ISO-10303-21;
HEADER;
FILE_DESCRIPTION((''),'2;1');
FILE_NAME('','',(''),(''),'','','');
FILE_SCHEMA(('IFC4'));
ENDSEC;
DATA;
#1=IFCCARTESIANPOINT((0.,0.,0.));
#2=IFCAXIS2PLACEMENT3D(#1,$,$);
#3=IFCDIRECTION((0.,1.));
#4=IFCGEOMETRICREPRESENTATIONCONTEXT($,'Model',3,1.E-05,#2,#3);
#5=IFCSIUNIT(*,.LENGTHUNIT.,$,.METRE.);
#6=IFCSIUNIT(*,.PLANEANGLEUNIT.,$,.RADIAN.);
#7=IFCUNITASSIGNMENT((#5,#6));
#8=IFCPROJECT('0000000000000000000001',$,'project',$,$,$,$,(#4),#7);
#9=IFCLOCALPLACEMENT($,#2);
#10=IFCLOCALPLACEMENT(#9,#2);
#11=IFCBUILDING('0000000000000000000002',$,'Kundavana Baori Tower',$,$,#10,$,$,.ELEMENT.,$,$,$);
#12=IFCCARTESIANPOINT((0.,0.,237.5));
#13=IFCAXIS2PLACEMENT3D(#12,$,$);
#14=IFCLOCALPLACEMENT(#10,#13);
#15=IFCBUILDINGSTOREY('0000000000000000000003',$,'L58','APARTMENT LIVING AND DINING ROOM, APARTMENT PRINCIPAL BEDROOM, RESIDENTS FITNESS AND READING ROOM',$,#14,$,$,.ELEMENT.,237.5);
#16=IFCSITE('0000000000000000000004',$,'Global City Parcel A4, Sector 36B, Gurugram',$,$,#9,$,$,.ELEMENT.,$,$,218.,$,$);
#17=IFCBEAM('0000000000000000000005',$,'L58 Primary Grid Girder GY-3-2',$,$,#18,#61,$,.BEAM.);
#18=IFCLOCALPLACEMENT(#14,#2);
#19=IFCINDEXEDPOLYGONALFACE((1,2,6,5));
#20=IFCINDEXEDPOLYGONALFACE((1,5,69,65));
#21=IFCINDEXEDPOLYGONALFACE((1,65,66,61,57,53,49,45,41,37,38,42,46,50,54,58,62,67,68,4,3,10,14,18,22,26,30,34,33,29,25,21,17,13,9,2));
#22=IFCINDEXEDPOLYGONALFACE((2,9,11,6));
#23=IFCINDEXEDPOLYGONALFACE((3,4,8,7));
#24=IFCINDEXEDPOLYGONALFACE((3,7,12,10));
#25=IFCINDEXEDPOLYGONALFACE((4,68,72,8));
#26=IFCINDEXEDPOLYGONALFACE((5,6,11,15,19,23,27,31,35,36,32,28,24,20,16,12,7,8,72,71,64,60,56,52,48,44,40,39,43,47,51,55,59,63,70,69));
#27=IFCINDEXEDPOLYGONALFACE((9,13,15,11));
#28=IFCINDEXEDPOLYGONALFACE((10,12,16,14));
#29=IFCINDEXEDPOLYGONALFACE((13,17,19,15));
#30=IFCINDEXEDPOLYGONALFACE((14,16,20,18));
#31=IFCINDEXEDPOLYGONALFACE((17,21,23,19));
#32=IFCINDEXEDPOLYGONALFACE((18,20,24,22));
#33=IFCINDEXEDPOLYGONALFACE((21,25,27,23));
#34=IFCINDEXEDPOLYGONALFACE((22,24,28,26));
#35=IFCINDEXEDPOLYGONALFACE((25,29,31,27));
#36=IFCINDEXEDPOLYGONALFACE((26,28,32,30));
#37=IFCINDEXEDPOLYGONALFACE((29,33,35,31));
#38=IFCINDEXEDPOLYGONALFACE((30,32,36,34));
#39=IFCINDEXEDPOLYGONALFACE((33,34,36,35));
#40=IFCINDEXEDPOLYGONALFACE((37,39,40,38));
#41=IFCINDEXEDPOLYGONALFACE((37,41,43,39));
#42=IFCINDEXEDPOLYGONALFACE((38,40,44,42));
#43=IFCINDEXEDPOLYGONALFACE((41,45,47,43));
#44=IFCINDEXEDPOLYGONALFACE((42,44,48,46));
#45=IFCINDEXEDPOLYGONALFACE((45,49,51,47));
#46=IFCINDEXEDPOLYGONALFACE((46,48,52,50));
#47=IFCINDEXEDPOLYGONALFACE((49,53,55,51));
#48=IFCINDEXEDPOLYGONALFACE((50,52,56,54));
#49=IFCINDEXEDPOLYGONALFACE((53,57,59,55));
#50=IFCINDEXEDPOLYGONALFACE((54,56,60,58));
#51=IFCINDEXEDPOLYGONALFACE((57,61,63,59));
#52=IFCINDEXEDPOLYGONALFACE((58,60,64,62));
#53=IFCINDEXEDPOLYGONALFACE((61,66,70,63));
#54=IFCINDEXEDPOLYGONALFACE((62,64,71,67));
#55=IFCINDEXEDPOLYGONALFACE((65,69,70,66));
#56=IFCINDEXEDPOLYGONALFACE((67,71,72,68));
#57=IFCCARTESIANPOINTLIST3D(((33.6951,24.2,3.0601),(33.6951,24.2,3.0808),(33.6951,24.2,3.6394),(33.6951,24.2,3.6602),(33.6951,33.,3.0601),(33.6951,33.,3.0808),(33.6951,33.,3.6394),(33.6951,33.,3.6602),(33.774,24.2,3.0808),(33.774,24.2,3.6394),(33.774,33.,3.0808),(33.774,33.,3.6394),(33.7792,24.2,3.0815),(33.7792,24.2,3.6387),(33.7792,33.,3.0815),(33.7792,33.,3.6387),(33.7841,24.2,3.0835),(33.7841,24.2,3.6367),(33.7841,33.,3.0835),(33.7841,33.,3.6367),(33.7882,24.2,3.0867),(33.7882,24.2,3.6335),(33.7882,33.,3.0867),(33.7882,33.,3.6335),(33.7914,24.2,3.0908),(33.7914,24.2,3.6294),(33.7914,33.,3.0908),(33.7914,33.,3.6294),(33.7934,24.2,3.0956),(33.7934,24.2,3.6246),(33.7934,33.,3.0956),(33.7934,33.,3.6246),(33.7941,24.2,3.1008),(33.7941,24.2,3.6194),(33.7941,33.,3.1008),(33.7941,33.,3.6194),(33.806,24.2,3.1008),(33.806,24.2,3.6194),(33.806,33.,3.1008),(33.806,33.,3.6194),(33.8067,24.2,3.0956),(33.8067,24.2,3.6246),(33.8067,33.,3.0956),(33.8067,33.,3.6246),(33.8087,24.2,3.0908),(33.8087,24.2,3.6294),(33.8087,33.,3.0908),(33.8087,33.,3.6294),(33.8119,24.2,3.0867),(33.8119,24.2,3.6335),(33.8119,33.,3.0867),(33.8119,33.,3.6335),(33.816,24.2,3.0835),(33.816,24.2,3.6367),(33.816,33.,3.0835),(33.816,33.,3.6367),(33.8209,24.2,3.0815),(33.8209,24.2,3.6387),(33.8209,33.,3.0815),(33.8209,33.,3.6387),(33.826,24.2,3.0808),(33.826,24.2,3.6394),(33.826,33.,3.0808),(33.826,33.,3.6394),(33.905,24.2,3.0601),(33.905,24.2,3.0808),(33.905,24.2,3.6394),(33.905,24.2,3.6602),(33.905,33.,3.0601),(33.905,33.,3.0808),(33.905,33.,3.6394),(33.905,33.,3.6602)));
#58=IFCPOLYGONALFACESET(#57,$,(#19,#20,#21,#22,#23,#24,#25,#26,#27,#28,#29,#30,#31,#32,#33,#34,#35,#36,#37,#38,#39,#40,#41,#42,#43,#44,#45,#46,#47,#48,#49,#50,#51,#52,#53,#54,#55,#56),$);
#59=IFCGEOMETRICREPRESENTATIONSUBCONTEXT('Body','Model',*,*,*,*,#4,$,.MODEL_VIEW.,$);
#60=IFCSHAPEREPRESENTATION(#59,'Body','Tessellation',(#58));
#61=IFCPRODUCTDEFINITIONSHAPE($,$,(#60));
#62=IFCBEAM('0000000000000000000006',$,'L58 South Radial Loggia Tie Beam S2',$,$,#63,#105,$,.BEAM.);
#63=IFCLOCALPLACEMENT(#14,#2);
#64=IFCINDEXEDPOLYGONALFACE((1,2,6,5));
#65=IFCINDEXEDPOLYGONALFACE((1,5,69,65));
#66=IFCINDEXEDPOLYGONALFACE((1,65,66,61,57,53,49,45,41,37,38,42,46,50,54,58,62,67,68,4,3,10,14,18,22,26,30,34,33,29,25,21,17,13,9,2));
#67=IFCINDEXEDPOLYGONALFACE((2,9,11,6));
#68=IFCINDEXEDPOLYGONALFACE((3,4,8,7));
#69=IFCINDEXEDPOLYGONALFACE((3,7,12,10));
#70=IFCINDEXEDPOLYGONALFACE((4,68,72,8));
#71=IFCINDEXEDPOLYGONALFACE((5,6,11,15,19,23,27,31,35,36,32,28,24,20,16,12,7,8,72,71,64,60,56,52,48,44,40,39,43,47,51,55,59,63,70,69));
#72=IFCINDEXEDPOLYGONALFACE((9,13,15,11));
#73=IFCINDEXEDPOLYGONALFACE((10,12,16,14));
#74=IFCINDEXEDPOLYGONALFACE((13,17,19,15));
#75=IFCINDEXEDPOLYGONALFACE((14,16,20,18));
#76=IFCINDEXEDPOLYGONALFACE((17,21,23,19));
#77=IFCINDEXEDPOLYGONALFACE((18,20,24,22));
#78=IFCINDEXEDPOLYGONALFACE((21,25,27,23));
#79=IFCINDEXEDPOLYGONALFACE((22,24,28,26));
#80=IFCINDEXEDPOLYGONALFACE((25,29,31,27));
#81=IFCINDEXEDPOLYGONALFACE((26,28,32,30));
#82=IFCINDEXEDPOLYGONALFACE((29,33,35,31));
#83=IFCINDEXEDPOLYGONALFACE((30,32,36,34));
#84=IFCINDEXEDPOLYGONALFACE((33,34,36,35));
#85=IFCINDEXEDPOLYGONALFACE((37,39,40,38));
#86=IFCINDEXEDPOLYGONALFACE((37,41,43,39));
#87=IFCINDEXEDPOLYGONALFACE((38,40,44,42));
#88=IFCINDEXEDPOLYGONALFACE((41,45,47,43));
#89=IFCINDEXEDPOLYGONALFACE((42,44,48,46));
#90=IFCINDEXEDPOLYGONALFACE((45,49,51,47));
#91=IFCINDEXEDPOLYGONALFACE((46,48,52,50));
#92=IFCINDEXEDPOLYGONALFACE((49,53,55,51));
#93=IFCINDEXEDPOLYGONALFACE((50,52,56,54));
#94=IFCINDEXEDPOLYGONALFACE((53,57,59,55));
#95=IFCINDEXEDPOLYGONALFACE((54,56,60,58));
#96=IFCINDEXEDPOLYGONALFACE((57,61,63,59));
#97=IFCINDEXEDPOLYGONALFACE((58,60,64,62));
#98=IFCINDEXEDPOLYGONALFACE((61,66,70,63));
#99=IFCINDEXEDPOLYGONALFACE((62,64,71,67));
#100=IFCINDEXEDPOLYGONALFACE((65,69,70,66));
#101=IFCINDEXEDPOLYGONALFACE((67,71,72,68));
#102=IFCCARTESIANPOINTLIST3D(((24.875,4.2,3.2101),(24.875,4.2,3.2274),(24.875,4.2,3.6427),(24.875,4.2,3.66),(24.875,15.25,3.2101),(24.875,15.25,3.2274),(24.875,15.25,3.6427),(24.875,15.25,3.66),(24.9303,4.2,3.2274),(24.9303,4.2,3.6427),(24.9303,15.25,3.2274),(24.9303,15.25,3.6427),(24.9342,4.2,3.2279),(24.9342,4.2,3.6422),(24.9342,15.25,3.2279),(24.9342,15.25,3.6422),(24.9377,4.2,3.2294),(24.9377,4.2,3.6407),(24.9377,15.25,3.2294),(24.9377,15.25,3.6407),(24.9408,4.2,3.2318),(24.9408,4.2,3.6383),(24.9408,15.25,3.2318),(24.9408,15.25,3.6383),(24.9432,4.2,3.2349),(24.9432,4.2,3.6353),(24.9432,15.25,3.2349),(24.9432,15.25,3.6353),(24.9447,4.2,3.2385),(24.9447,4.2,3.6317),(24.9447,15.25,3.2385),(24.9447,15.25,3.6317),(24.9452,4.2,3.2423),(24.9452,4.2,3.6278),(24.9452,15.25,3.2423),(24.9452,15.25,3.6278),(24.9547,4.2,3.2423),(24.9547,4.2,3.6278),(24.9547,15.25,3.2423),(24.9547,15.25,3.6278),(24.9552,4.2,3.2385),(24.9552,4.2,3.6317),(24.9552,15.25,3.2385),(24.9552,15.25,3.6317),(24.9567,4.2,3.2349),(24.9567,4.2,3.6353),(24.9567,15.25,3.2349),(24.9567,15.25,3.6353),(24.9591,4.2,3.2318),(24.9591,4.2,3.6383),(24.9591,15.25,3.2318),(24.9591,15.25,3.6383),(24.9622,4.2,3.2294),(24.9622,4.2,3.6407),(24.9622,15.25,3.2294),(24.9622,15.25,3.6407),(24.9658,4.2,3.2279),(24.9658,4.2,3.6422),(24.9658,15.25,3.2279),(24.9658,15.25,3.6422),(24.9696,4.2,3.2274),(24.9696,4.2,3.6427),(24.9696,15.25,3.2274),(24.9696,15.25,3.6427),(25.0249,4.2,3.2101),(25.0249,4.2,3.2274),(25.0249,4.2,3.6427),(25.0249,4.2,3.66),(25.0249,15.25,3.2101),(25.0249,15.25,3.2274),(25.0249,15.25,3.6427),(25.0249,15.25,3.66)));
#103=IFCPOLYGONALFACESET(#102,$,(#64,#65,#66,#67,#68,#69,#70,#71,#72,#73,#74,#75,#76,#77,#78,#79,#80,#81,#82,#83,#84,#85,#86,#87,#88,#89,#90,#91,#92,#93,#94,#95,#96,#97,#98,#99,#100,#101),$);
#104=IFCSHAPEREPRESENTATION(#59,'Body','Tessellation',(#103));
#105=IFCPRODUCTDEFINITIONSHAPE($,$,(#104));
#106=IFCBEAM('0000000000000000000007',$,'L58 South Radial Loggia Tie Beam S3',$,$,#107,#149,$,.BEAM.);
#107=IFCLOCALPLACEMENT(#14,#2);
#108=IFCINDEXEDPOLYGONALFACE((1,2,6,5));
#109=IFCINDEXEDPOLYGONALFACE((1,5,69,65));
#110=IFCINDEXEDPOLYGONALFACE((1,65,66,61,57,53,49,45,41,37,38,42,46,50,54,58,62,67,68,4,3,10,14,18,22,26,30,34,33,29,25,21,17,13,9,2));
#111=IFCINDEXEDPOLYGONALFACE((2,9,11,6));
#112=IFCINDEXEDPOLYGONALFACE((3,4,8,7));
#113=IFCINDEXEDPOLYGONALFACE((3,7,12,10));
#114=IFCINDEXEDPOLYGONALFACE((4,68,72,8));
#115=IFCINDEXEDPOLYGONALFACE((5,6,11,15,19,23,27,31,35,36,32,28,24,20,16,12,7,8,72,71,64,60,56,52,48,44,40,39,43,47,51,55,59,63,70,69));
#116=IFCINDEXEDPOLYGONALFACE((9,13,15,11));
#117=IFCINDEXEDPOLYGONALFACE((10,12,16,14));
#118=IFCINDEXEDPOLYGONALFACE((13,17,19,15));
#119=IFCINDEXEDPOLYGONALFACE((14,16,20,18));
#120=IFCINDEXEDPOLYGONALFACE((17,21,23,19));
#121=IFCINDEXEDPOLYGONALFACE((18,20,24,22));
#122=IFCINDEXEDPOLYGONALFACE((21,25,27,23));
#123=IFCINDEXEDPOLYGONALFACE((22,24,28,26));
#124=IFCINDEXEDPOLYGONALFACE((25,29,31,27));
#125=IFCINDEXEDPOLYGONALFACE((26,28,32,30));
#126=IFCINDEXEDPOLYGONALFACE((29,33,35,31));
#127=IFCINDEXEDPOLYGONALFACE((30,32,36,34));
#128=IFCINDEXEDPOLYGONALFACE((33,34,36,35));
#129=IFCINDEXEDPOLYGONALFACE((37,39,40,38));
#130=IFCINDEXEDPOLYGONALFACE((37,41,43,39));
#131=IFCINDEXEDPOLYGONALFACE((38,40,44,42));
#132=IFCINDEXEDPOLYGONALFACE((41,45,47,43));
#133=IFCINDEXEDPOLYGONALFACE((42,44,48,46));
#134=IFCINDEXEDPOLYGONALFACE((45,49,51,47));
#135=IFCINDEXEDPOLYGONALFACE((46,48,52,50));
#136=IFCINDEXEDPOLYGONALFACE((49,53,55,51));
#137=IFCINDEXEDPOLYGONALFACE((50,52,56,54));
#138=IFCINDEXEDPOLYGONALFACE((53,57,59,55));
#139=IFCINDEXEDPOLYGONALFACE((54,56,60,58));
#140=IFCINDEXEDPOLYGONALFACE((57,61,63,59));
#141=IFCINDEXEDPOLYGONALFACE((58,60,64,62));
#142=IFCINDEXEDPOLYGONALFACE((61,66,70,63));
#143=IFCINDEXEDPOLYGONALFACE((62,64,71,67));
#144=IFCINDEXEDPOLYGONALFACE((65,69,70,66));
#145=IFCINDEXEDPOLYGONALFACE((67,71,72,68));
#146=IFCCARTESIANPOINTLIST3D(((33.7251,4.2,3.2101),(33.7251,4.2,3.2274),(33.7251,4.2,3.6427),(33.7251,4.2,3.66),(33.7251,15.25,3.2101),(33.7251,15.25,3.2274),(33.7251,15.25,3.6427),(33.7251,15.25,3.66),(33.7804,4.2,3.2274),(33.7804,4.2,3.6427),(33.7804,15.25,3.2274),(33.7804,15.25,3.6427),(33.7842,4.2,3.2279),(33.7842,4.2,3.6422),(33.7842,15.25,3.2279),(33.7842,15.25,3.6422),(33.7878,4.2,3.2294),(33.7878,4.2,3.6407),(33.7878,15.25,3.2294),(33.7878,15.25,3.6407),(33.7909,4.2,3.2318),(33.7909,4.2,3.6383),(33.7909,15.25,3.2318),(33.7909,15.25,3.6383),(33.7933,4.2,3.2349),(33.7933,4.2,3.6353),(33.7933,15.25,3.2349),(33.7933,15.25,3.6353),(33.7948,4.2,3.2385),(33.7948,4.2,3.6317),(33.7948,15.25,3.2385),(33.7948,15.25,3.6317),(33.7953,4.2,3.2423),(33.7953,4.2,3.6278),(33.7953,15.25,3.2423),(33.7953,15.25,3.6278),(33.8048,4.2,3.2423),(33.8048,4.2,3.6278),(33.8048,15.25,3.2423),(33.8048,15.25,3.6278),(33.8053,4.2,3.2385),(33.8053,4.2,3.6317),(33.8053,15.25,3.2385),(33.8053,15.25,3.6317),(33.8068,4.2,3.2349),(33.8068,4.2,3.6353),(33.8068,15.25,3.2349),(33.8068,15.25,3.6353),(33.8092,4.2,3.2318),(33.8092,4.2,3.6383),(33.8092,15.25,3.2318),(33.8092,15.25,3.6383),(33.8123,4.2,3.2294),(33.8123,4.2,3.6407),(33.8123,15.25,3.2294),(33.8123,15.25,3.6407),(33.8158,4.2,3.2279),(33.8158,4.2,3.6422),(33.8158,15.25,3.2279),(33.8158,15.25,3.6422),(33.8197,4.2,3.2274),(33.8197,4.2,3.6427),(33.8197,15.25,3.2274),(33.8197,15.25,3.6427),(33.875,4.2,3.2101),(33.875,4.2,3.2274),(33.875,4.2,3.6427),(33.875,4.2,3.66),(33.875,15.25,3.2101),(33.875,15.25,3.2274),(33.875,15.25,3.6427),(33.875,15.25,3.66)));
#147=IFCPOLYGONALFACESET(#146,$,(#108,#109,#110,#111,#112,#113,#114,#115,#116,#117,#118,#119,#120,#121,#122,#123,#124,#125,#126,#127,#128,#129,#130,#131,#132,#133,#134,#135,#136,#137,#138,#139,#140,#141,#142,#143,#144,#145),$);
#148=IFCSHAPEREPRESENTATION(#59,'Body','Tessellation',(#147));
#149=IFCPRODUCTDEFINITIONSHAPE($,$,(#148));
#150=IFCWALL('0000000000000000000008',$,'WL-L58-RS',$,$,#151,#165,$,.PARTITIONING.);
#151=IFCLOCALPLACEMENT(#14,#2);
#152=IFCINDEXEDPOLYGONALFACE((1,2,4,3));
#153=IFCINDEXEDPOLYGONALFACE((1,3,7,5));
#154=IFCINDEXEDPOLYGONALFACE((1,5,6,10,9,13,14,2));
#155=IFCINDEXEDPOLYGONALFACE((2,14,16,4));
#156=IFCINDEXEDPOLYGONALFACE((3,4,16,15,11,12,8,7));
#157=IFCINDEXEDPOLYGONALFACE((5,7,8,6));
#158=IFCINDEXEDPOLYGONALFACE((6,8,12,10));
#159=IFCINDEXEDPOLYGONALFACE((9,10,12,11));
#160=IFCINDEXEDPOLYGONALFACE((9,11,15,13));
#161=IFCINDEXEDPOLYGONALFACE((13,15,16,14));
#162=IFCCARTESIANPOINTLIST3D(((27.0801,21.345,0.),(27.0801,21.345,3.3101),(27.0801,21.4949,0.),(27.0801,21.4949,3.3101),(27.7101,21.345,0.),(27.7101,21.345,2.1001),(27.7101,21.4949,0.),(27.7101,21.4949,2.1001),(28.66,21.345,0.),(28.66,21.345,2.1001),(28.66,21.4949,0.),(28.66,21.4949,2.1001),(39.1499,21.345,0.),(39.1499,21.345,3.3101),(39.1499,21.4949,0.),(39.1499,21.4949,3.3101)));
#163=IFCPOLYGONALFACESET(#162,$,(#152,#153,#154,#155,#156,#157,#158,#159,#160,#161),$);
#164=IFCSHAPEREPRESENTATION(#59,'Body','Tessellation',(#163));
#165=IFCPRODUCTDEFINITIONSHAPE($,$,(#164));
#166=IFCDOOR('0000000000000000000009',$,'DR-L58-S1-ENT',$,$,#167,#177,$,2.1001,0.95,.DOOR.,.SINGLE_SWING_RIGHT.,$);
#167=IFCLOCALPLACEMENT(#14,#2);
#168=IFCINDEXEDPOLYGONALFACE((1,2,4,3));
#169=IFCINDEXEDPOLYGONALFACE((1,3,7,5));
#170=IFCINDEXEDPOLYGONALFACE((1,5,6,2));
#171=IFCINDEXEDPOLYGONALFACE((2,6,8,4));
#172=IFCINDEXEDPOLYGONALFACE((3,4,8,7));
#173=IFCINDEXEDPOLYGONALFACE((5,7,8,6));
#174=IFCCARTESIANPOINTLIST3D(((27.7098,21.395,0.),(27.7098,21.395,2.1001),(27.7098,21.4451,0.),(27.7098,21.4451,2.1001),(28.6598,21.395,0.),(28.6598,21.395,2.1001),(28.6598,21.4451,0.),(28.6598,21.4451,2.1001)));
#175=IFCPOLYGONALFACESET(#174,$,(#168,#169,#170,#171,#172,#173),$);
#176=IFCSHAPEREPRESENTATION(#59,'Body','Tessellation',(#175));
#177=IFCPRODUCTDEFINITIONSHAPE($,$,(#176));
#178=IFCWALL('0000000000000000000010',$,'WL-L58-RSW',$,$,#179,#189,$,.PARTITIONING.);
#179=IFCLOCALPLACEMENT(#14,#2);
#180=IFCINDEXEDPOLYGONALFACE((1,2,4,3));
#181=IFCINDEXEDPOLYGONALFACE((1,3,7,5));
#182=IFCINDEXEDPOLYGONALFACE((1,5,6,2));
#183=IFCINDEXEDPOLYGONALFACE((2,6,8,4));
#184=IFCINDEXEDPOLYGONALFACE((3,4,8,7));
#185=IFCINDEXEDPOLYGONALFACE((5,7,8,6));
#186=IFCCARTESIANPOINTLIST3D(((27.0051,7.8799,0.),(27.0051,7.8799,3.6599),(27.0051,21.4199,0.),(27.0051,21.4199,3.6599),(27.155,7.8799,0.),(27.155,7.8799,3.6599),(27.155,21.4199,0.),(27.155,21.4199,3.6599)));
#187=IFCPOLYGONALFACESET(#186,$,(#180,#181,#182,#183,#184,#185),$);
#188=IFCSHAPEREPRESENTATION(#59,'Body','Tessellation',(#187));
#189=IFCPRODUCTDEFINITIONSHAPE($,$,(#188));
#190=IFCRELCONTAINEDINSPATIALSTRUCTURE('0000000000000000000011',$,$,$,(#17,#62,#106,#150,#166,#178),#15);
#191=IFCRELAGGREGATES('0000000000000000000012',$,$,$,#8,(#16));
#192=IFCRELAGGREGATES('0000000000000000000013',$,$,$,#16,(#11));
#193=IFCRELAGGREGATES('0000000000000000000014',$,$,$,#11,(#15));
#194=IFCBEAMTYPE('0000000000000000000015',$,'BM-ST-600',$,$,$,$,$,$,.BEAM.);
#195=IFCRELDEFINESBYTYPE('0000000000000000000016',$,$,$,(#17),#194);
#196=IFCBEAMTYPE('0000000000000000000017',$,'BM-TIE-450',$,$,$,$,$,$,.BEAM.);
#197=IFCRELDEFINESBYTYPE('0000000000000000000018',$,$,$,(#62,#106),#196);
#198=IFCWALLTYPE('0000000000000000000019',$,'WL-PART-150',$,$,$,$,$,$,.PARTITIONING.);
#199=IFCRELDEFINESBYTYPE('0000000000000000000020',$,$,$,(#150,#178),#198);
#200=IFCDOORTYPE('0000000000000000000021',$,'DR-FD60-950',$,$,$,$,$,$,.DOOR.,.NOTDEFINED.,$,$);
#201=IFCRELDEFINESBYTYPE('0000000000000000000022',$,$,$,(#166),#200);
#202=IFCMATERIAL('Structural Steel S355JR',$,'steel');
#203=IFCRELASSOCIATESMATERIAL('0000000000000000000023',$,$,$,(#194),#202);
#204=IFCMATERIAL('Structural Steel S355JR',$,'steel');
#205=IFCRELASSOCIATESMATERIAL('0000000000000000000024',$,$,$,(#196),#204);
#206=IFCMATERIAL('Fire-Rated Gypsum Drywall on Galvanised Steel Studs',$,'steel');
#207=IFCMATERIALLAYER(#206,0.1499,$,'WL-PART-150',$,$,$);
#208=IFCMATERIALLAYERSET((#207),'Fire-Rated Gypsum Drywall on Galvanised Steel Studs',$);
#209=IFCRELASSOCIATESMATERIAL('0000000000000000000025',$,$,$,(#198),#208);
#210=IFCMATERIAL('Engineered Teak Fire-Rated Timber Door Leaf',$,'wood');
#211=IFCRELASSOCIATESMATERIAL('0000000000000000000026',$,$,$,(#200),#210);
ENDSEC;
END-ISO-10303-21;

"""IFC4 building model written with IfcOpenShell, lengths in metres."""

from ifc_helpers import new_model, si_unit, direction, frame, frame_2d, origin, origin_2d, place, context, subcontext, project, spatial, rectangle, i_section, extrude, material, layer, layer_set, material_profile, profile_set, type_object, element, fill, save


model = new_model("IFC4")

# Units and contexts
model_context = context("Model", 3, precision=1e-05, world=origin(), true_north=direction((0.0, 1.0)))
body_context = subcontext(model_context, "Body", "Model", "MODEL_VIEW")
ifc_project = project(units=[si_unit("LENGTHUNIT", "METRE"), si_unit("PLANEANGLEUNIT", "RADIAN")], contexts=[model_context])

# Site, building, storey
site_placement = place(None, origin())
site = spatial("IfcSite", under=ifc_project, at=site_placement, Name="Global City Parcel A4, Sector 36B, Gurugram", CompositionType="ELEMENT", RefElevation=218.0)
building_placement = place(site_placement, origin())
building = spatial("IfcBuilding", under=site, at=building_placement, Name="Kundavana Baori Tower", CompositionType="ELEMENT")
storey_placement = place(building_placement, frame((0.0, 0.0, 237.5)))
storey = spatial("IfcBuildingStorey", under=building, at=storey_placement, Name="L58", Description="APARTMENT LIVING AND DINING ROOM, APARTMENT PRINCIPAL BEDROOM, RESIDENTS FITNESS AND READING ROOM", CompositionType="ELEMENT", Elevation=237.5)

# Beams
ifc_material_1 = material(Name="Structural Steel S355JR", Category="steel")
ifc_material_profile_1 = material_profile(ifc_material_1, i_section(OverallWidth=0.21, OverallDepth=0.6001, WebThickness=0.012, FlangeThickness=0.0208, FilletRadius=0.02, at=origin_2d()), Name="ISMB 600")
ifc_profile_set_1 = profile_set([ifc_material_profile_1], Name="Structural Steel S355JR")
beam_type_1 = type_object("IfcBeamType", Name="BM-ST-600", PredefinedType="BEAM", material=ifc_profile_set_1)
beam_1_placement = place(storey_placement, frame((33.8, 24.2, 3.3601), z_axis=(0.0, 1.0, 0.0), x_axis=(-1.0, 0.0, 0.0)))
element("IfcBeam", 1, at=beam_1_placement, inside=storey, type_object=beam_type_1, Name="L58 Primary Grid Girder GY-3-2", PredefinedType="BEAM", context=body_context, shape_type="SweptSolid", body=[
    extrude(i_section(OverallWidth=0.21, OverallDepth=0.6001, WebThickness=0.012, FlangeThickness=0.0208, FilletRadius=0.02, at=origin_2d()), origin(), (0.0, 0.0, 1.0), 8.8),
])
ifc_material_2 = material(Name="Structural Steel S355JR", Category="steel")
ifc_material_profile_2 = material_profile(ifc_material_2, i_section(OverallWidth=0.1499, OverallDepth=0.45, WebThickness=0.0095, FlangeThickness=0.0173, FilletRadius=0.0149, at=origin_2d()), Name="ISMB 450")
ifc_profile_set_2 = profile_set([ifc_material_profile_2], Name="Structural Steel S355JR")
beam_type_2 = type_object("IfcBeamType", Name="BM-TIE-450", PredefinedType="BEAM", material=ifc_profile_set_2)
for number, where, z_axis, x_axis, name in (
    (2, (24.95, 15.25, 3.4351), (0.0, -1.0, 0.0), (1.0, 0.0, 0.0), "L58 South Radial Loggia Tie Beam S2"),
    (3, (33.8, 15.25, 3.4351), (0.0, -1.0, 0.0), (1.0, 0.0, 0.0), "L58 South Radial Loggia Tie Beam S3"),
):
    element("IfcBeam", number, at=place(storey_placement, frame(where, z_axis=z_axis, x_axis=x_axis)), inside=storey, type_object=beam_type_2, Name=name, PredefinedType="BEAM", context=body_context, shape_type="SweptSolid", body=[
        extrude(i_section(OverallWidth=0.1499, OverallDepth=0.45, WebThickness=0.0095, FlangeThickness=0.0173, FilletRadius=0.0149, at=origin_2d()), origin(), (0.0, 0.0, 1.0), 11.05),
    ])

# Wall, opening, door
ifc_material_3 = material(Name="Fire-Rated Gypsum Drywall on Galvanised Steel Studs", Category="steel")
ifc_layer = layer(ifc_material_3, 0.1499, Name="WL-PART-150")
ifc_layer_set = layer_set([ifc_layer], Name="Fire-Rated Gypsum Drywall on Galvanised Steel Studs")
wall_type = type_object("IfcWallType", Name="WL-PART-150", PredefinedType="PARTITIONING", material=ifc_layer_set)
wall_1_placement = place(storey_placement, frame((27.0801, 21.4199, 0.0), z_axis=(0.0, 0.0, 1.0), x_axis=(1.0, 0.0, 0.0)))
wall_1 = element("IfcWall", 4, at=wall_1_placement, inside=storey, type_object=wall_type, Name="WL-L58-RS", PredefinedType="PARTITIONING", context=body_context, shape_type="SweptSolid", body=[
    extrude(rectangle(XDim=12.0698, YDim=0.1499, at=frame_2d((6.0349, 0.0))), origin(), (0.0, 0.0, 1.0), 3.3101),
])
opening_1_placement = place(wall_1_placement, frame((0.6299, 0.0, 0.0)))
opening_1 = element("IfcOpeningElement", 5, at=opening_1_placement, cuts=wall_1, PredefinedType="OPENING", context=body_context, shape_type="SweptSolid", body=[
    extrude(rectangle(XDim=0.95, YDim=2.1001, at=frame_2d((0.4751, 1.05))), frame((0.0, 0.085, 0.0), z_axis=(0.0, -1.0, 0.0), x_axis=(1.0, 0.0, 0.0)), (0.0, 0.0, 1.0), 0.1699),
])
ifc_material_4 = material(Name="Engineered Teak Fire-Rated Timber Door Leaf", Category="wood")
door_type_1 = type_object("IfcDoorType", Name="DR-FD60-950", OperationType="NOTDEFINED", PredefinedType="DOOR", material=ifc_material_4)
door_1_placement = place(opening_1_placement, frame((0.95, 0.0, 0.0), z_axis=(0.0, 0.0, 1.0), x_axis=(-1.0, 0.0, 0.0)))
door_1 = element("IfcDoor", 6, at=door_1_placement, inside=storey, type_object=door_type_1, Name="DR-L58-S1-ENT", OperationType="SINGLE_SWING_RIGHT", OverallHeight=2.1001, OverallWidth=0.95, PredefinedType="DOOR", context=body_context, shape_type="SweptSolid", body=[
    extrude(rectangle(XDim=0.95, YDim=2.1001, at=frame_2d((0.4751, 1.05))), frame((0.0, 0.0249, 0.0), z_axis=(0.0, -1.0, 0.0), x_axis=(1.0, 0.0, 0.0)), (0.0, 0.0, 1.0), 0.05),
])
fill(opening_1, door_1)

# Wall
wall_2_placement = place(storey_placement, frame((27.0801, 7.8799, 0.0), z_axis=(0.0, 0.0, 1.0), x_axis=(0.0, 1.0, 0.0)))
element("IfcWall", 7, at=wall_2_placement, inside=storey, type_object=wall_type, Name="WL-L58-RSW", PredefinedType="PARTITIONING", context=body_context, shape_type="SweptSolid", body=[
    extrude(rectangle(XDim=13.54, YDim=0.1499, at=frame_2d((6.77, 0.0))), origin(), (0.0, 0.0, 1.0), 3.6599),
])

save(model, "model.ifc")
